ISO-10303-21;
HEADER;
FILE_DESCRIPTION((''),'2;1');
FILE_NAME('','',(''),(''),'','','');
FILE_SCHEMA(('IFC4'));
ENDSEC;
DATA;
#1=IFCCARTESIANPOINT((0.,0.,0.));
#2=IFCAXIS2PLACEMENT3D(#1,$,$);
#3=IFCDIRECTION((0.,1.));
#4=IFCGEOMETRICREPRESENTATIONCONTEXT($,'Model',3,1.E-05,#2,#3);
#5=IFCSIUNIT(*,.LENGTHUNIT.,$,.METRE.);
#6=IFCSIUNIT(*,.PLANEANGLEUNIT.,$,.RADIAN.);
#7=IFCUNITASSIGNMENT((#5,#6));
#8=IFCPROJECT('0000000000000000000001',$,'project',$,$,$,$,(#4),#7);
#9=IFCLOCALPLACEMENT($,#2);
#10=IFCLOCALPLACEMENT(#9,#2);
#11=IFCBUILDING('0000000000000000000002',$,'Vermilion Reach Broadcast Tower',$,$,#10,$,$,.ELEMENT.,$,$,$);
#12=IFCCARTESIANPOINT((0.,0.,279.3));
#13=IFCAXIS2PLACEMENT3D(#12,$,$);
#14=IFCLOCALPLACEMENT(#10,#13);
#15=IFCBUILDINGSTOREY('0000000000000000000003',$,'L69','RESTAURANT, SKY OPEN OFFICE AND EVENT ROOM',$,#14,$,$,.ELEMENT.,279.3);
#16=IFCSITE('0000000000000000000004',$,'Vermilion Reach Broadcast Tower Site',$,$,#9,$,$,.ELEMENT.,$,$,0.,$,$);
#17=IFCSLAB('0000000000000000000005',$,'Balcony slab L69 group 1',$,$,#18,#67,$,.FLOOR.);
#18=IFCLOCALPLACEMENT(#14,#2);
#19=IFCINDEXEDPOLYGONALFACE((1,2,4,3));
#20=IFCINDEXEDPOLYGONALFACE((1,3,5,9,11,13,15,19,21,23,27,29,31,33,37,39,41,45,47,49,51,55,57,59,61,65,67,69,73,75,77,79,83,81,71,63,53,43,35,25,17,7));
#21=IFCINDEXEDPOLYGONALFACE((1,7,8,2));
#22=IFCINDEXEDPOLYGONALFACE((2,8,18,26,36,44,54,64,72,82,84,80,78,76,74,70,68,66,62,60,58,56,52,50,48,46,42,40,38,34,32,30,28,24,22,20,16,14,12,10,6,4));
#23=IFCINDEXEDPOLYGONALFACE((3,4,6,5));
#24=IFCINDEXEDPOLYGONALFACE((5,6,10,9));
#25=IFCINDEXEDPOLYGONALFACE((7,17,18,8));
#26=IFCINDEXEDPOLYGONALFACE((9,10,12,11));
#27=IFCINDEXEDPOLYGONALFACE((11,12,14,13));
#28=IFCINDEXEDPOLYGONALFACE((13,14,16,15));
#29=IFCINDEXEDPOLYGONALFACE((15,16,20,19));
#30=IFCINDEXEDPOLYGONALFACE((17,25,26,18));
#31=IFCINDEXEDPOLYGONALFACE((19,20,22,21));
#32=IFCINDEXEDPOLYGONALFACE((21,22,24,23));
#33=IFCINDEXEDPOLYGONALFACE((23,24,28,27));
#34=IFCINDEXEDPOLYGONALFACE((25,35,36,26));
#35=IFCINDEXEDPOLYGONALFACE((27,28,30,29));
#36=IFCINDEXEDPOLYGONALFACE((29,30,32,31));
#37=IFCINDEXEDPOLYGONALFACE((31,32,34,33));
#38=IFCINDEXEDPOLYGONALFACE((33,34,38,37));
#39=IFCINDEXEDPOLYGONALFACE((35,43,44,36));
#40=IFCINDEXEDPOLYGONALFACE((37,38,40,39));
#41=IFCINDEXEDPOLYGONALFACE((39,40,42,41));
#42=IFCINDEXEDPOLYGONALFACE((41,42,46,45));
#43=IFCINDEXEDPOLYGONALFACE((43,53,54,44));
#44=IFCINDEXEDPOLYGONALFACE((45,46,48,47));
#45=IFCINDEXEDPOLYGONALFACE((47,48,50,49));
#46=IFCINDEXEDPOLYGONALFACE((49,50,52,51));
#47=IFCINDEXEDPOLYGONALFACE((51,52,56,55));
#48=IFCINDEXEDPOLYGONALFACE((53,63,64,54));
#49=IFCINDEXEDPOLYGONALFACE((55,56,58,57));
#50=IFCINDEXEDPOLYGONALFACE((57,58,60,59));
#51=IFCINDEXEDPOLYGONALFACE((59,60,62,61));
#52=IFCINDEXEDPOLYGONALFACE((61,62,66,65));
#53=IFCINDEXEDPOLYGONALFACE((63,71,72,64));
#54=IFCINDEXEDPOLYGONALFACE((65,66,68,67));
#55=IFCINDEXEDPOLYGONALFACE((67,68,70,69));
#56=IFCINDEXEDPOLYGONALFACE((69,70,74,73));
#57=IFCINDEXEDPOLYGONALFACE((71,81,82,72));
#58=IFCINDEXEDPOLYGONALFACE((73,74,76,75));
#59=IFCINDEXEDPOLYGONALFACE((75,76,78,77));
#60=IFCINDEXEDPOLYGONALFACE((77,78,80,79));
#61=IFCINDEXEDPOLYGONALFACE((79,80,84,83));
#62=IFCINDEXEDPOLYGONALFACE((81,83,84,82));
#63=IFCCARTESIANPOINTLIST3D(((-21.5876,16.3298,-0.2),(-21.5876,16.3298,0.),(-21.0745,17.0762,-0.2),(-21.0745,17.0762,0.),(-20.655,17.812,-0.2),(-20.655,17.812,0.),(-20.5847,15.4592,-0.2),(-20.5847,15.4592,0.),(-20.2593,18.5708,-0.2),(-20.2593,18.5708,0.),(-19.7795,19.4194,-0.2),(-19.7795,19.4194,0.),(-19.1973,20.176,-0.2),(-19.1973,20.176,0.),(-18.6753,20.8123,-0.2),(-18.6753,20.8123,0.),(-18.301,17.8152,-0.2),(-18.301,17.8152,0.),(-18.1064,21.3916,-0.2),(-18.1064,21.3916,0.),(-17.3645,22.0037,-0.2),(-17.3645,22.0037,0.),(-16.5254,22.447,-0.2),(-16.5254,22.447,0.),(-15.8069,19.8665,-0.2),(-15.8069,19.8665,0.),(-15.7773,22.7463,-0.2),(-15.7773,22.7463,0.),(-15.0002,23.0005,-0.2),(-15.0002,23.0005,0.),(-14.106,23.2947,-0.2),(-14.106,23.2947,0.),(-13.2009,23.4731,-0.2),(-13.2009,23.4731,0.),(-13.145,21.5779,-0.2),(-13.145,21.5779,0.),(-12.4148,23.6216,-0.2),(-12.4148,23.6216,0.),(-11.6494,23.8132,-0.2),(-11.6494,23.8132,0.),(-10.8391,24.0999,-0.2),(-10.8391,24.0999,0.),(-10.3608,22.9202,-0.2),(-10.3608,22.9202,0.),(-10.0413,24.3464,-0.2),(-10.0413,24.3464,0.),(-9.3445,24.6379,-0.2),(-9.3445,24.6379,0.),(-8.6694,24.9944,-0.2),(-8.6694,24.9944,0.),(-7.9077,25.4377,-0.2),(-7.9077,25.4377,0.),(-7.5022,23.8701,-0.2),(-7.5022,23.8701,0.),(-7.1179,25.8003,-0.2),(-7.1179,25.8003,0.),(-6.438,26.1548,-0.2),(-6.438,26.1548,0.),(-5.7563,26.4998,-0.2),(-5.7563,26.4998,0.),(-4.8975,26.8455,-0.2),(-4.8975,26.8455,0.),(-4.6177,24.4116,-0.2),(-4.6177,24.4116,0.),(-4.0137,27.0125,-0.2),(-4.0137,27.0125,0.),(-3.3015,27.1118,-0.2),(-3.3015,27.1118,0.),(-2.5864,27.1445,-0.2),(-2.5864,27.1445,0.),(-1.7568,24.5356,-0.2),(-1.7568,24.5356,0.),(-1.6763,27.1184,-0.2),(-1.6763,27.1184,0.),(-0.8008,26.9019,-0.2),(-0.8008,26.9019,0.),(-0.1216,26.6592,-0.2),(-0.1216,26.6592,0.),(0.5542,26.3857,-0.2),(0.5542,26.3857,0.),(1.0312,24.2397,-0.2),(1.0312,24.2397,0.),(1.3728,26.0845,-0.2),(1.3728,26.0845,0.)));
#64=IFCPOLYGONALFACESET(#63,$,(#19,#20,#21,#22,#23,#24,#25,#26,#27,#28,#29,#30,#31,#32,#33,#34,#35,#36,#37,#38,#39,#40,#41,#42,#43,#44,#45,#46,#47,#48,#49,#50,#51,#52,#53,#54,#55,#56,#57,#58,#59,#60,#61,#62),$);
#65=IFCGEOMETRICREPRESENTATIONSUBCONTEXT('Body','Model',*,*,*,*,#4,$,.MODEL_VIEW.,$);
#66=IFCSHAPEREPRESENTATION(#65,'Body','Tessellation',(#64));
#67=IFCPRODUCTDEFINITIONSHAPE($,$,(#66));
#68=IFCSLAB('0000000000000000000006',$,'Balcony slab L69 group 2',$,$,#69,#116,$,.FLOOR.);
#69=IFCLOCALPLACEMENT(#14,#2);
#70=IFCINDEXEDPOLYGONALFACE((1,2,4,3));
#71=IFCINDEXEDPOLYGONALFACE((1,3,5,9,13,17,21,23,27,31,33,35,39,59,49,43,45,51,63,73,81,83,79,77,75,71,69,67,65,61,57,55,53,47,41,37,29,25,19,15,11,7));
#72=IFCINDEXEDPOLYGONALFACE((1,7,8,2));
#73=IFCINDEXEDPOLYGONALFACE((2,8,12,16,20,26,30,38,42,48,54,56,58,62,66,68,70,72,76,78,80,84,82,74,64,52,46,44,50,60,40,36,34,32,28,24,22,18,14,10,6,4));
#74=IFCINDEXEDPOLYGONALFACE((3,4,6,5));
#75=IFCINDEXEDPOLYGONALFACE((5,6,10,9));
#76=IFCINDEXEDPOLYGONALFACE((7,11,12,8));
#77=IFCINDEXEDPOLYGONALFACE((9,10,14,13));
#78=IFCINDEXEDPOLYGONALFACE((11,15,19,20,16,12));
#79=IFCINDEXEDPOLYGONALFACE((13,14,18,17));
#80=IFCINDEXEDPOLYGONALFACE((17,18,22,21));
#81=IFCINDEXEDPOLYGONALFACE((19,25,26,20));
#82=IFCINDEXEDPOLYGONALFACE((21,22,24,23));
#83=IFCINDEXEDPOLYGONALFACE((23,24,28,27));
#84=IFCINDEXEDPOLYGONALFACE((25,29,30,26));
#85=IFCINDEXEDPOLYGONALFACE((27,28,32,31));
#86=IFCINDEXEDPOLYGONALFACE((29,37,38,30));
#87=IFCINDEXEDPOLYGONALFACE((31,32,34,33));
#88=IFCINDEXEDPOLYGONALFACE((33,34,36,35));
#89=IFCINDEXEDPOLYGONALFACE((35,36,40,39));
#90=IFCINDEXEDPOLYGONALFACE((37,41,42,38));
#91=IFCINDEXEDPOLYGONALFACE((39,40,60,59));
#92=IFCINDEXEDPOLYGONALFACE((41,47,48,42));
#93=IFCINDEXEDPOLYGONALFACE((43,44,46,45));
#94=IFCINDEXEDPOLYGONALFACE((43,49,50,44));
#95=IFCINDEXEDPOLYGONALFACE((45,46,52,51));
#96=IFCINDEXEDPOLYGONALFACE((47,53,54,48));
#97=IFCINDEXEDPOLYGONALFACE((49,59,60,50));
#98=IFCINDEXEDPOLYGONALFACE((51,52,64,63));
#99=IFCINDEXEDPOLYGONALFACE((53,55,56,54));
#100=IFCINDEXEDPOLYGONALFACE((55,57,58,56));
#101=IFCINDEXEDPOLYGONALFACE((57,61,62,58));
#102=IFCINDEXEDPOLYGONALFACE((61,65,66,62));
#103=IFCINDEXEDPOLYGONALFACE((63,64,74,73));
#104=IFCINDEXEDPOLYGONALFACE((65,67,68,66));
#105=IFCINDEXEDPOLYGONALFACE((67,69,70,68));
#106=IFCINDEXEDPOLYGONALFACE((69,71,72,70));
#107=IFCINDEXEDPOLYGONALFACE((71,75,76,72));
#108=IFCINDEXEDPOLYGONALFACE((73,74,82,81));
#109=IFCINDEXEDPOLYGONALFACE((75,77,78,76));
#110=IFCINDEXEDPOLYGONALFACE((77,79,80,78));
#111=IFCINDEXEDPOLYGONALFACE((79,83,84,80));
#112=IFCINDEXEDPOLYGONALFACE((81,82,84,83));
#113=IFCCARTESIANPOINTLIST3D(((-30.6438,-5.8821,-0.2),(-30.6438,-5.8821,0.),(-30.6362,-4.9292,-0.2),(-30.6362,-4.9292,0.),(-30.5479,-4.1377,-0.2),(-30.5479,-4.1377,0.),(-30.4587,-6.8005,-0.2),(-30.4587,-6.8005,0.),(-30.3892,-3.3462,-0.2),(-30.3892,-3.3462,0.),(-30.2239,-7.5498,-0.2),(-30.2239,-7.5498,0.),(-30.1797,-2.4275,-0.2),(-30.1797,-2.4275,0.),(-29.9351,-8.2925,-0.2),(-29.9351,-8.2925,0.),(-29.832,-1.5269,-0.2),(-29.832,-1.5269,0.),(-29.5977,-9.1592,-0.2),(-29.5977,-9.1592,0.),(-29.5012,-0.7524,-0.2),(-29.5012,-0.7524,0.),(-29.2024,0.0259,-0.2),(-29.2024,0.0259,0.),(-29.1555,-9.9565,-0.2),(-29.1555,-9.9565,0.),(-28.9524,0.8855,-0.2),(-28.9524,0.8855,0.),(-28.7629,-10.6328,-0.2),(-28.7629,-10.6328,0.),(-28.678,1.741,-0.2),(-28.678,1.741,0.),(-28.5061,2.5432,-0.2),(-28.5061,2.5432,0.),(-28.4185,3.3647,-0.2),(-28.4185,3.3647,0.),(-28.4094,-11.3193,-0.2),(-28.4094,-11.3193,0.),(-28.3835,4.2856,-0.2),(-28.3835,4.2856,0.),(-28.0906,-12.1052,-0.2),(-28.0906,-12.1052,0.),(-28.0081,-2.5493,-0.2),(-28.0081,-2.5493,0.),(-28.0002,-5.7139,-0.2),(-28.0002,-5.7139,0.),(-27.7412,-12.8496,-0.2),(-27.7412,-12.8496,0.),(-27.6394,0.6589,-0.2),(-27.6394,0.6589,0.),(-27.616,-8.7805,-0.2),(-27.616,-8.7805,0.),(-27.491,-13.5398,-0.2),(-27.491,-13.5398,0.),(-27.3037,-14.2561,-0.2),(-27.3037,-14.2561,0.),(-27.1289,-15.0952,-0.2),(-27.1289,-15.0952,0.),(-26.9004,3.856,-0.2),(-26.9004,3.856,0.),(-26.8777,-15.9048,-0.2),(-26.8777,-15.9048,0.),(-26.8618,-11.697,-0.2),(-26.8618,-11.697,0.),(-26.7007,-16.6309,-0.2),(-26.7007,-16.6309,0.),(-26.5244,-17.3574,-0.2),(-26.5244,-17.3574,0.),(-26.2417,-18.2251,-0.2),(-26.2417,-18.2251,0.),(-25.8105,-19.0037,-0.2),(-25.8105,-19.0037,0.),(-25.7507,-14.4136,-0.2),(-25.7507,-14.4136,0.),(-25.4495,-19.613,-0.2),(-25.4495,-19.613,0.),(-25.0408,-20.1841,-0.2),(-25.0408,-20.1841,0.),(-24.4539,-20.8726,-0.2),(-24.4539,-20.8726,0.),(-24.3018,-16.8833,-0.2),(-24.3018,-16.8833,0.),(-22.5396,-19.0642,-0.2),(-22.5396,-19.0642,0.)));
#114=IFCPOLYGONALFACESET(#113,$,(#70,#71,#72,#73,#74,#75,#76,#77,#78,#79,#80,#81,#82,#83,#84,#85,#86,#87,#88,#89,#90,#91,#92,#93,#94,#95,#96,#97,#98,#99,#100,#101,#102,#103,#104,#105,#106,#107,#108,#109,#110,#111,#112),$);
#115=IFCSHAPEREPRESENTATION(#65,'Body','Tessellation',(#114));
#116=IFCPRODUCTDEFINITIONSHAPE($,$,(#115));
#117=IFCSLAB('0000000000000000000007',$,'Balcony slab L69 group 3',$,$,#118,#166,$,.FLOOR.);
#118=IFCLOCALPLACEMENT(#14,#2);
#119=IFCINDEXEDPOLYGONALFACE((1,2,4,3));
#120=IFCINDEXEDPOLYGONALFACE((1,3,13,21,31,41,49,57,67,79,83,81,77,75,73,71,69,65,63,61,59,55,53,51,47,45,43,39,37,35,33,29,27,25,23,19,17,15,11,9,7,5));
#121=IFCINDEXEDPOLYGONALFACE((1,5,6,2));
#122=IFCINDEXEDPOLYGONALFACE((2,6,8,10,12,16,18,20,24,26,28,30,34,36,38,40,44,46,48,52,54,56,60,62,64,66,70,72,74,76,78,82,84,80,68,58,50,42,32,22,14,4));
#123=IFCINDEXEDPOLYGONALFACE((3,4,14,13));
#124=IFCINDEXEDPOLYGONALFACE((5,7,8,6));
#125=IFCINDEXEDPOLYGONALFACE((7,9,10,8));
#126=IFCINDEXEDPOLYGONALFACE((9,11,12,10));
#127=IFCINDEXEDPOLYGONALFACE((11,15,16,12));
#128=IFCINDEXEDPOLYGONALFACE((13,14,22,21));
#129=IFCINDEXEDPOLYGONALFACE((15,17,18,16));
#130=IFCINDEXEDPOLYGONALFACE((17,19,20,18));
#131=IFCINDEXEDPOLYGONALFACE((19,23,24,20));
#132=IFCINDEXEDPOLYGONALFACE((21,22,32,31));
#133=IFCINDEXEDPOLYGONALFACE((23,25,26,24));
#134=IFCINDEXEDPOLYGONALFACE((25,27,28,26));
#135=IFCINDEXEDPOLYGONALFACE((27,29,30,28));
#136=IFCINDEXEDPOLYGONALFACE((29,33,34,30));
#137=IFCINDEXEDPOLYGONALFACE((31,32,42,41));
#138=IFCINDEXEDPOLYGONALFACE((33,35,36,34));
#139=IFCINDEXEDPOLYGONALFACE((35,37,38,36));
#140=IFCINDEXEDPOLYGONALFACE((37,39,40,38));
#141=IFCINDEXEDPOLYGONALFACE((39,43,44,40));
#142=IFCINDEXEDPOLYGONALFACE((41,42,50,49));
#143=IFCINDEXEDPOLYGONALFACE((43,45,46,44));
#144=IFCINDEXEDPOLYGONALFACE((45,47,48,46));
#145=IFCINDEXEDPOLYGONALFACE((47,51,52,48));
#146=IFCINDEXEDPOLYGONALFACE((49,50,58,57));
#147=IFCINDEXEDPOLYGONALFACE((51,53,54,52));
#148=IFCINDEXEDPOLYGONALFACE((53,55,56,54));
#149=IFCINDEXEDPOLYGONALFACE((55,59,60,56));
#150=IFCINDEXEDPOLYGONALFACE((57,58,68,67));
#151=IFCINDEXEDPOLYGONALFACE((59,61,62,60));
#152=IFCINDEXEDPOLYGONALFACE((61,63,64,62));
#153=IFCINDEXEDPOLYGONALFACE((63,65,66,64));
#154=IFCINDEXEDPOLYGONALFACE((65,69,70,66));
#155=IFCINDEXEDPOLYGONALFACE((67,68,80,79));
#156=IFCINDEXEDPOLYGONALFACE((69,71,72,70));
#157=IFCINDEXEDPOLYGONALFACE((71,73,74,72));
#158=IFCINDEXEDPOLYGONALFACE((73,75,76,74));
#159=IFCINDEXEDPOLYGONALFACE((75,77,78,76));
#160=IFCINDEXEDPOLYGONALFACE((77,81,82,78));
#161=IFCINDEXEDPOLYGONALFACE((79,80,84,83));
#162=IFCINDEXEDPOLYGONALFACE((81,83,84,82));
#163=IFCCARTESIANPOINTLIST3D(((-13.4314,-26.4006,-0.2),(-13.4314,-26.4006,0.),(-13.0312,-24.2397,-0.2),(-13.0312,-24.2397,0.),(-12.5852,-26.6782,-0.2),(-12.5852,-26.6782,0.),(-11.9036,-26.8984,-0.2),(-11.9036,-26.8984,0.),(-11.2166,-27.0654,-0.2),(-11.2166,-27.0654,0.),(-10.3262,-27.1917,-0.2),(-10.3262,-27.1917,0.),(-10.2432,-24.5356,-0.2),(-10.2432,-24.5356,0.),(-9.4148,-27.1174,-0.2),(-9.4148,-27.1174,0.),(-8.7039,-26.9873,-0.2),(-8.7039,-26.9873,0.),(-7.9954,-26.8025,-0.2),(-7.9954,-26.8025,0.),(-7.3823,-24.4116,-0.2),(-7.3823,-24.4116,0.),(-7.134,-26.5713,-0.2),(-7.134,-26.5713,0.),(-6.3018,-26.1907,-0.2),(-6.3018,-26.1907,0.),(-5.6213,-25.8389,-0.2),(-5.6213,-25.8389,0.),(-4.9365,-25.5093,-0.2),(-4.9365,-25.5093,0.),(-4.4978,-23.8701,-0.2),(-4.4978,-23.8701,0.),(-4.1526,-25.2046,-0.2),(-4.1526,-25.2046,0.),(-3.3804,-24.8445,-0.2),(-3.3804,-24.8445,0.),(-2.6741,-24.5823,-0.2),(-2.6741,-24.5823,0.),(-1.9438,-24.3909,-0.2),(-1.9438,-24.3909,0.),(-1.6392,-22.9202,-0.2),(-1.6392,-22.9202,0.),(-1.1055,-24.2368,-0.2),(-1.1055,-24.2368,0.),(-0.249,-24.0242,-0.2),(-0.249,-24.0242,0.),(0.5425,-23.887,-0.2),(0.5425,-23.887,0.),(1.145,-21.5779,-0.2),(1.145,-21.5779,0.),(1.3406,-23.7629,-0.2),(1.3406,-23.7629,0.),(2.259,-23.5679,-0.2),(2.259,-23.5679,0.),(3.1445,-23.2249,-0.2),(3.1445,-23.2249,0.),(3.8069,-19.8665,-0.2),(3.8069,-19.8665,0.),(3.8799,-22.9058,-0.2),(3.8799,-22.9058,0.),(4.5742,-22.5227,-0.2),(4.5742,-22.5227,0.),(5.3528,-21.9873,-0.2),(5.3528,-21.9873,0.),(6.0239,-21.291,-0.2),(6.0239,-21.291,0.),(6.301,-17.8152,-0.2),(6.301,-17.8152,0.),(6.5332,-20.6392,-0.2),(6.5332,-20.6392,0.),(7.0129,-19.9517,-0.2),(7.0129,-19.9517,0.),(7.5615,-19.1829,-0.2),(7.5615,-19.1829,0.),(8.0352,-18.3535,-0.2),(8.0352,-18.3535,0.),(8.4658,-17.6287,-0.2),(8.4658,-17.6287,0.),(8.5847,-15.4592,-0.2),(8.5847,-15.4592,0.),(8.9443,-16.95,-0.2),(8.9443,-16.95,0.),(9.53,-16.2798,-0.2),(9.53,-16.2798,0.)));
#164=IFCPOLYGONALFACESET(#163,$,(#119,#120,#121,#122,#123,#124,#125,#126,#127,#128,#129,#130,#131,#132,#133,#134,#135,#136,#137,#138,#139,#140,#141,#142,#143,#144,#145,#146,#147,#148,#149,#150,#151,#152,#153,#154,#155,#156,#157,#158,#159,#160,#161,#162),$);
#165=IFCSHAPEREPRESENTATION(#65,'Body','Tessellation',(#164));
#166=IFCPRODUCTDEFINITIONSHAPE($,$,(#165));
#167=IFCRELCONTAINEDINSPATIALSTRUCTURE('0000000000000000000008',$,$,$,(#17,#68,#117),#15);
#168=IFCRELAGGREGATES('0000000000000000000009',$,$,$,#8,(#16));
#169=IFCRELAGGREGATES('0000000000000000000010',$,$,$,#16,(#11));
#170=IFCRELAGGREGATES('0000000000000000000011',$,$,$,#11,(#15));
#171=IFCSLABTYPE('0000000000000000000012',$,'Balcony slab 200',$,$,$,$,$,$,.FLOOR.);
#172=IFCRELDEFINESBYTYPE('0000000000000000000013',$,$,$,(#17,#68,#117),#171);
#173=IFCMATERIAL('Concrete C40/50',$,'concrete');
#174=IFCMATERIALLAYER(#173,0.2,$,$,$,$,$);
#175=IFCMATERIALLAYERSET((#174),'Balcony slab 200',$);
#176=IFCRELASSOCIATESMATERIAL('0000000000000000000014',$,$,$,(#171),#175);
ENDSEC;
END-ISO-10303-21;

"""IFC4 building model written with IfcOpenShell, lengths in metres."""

from ifc_helpers import new_model, si_unit, direction, frame, origin, place, context, subcontext, project, spatial, polyline, outline, extrude, material, layer, layer_set, type_object, element, save


model = new_model("IFC4")

# Units and contexts
model_context = context("Model", 3, precision=1e-05, world=origin(), true_north=direction((0.0, 1.0)))
body_context = subcontext(model_context, "Body", "Model", "MODEL_VIEW")
ifc_project = project(units=[si_unit("LENGTHUNIT", "METRE"), si_unit("PLANEANGLEUNIT", "RADIAN")], contexts=[model_context])

# Site, building, storey
site_placement = place(None, origin())
site = spatial("IfcSite", under=ifc_project, at=site_placement, Name="Vermilion Reach Broadcast Tower Site", CompositionType="ELEMENT", RefElevation=0.0)
building_placement = place(site_placement, origin())
building = spatial("IfcBuilding", under=site, at=building_placement, Name="Vermilion Reach Broadcast Tower", CompositionType="ELEMENT")
storey_placement = place(building_placement, frame((0.0, 0.0, 279.3)))
storey = spatial("IfcBuildingStorey", under=building, at=storey_placement, Name="L69", Description="RESTAURANT, SKY OPEN OFFICE AND EVENT ROOM", CompositionType="ELEMENT", Elevation=279.3)

# Slabs
ifc_material_1 = material(Name="Concrete C40/50", Category="concrete")
ifc_layer_1 = layer(ifc_material_1, 0.2)
ifc_layer_set_1 = layer_set([ifc_layer_1], Name="Balcony slab 200")
slab_type_1 = type_object("IfcSlabType", Name="Balcony slab 200", PredefinedType="FLOOR", material=ifc_layer_set_1)
placement_1 = place(storey_placement, frame((0.0, 0.0, -0.2)))
element("IfcSlab", 1, at=placement_1, inside=storey, type_object=slab_type_1, Name="Balcony slab L69 group 1", PredefinedType="FLOOR", context=body_context, shape_type="SweptSolid", body=[
    extrude(outline(polyline([(1.0312, 24.2397), (-1.7568, 24.5356), (-4.6177, 24.4116), (-7.5022, 23.8701), (-10.3608, 22.9202), (-13.145, 21.5779), (-15.8069, 19.8665), (-18.301, 17.8152), (-20.5847, 15.4592), (-21.5876, 16.3298), (-21.0745, 17.0762), (-20.655, 17.812), (-20.2593, 18.5708), (-19.7795, 19.4194), (-19.1973, 20.176), (-18.6753, 20.8123), (-18.1064, 21.3916), (-17.3645, 22.0037), (-16.5254, 22.447), (-15.7773, 22.7463), (-15.0002, 23.0005), (-14.106, 23.2947), (-13.2009, 23.4731), (-12.4148, 23.6216), (-11.6494, 23.8132), (-10.8391, 24.0999), (-10.0413, 24.3464), (-9.3445, 24.6379), (-8.6694, 24.9944), (-7.9077, 25.4377), (-7.1179, 25.8003), (-6.438, 26.1548), (-5.7563, 26.4998), (-4.8975, 26.8455), (-4.0137, 27.0125), (-3.3015, 27.1118), (-2.5864, 27.1445), (-1.6763, 27.1184), (-0.8008, 26.9019), (-0.1216, 26.6592), (0.5542, 26.3857), (1.3728, 26.0845), (1.0312, 24.2397)])), origin(), (0.0, 0.0, 1.0), 0.2),
])
element("IfcSlab", 2, at=placement_1, inside=storey, type_object=slab_type_1, Name="Balcony slab L69 group 2", PredefinedType="FLOOR", context=body_context, shape_type="SweptSolid", body=[
    extrude(outline(polyline([(-26.9004, 3.856), (-27.6394, 0.6589), (-28.0081, -2.5493), (-28.0002, -5.7139), (-27.616, -8.7805), (-26.8618, -11.697), (-25.7507, -14.4136), (-24.3018, -16.8833), (-22.5396, -19.0642), (-24.4539, -20.8726), (-25.0408, -20.1841), (-25.4495, -19.613), (-25.8105, -19.0037), (-26.2417, -18.2251), (-26.5244, -17.3574), (-26.7007, -16.6309), (-26.8777, -15.9048), (-27.1289, -15.0952), (-27.3037, -14.2561), (-27.491, -13.5398), (-27.7412, -12.8496), (-28.0906, -12.1052), (-28.4094, -11.3193), (-28.7629, -10.6328), (-29.1555, -9.9565), (-29.5977, -9.1592), (-29.9351, -8.2925), (-30.2239, -7.5498), (-30.4587, -6.8005), (-30.6438, -5.8821), (-30.6362, -4.9292), (-30.5479, -4.1377), (-30.3892, -3.3462), (-30.1797, -2.4275), (-29.832, -1.5269), (-29.5012, -0.7524), (-29.2024, 0.0259), (-28.9524, 0.8855), (-28.678, 1.741), (-28.5061, 2.5432), (-28.4185, 3.3647), (-28.3835, 4.2856), (-26.9004, 3.856)])), origin(), (0.0, 0.0, 1.0), 0.2),
])
element("IfcSlab", 3, at=placement_1, inside=storey, type_object=slab_type_1, Name="Balcony slab L69 group 3", PredefinedType="FLOOR", context=body_context, shape_type="SweptSolid", body=[
    extrude(outline(polyline([(-13.0312, -24.2397), (-10.2432, -24.5356), (-7.3823, -24.4116), (-4.4978, -23.8701), (-1.6392, -22.9202), (1.145, -21.5779), (3.8069, -19.8665), (6.301, -17.8152), (8.5847, -15.4592), (9.53, -16.2798), (8.9443, -16.95), (8.4658, -17.6287), (8.0352, -18.3535), (7.5615, -19.1829), (7.0129, -19.9517), (6.5332, -20.6392), (6.0239, -21.291), (5.3528, -21.9873), (4.5742, -22.5227), (3.8799, -22.9058), (3.1445, -23.2249), (2.259, -23.5679), (1.3406, -23.7629), (0.5425, -23.887), (-0.249, -24.0242), (-1.1055, -24.2368), (-1.9438, -24.3909), (-2.6741, -24.5823), (-3.3804, -24.8445), (-4.1526, -25.2046), (-4.9365, -25.5093), (-5.6213, -25.8389), (-6.3018, -26.1907), (-7.134, -26.5713), (-7.9954, -26.8025), (-8.7039, -26.9873), (-9.4148, -27.1174), (-10.3262, -27.1917), (-11.2166, -27.0654), (-11.9036, -26.8984), (-12.5852, -26.6782), (-13.4314, -26.4006), (-13.0312, -24.2397)])), origin(), (0.0, 0.0, 1.0), 0.2),
])

save(model, "model.ifc")
